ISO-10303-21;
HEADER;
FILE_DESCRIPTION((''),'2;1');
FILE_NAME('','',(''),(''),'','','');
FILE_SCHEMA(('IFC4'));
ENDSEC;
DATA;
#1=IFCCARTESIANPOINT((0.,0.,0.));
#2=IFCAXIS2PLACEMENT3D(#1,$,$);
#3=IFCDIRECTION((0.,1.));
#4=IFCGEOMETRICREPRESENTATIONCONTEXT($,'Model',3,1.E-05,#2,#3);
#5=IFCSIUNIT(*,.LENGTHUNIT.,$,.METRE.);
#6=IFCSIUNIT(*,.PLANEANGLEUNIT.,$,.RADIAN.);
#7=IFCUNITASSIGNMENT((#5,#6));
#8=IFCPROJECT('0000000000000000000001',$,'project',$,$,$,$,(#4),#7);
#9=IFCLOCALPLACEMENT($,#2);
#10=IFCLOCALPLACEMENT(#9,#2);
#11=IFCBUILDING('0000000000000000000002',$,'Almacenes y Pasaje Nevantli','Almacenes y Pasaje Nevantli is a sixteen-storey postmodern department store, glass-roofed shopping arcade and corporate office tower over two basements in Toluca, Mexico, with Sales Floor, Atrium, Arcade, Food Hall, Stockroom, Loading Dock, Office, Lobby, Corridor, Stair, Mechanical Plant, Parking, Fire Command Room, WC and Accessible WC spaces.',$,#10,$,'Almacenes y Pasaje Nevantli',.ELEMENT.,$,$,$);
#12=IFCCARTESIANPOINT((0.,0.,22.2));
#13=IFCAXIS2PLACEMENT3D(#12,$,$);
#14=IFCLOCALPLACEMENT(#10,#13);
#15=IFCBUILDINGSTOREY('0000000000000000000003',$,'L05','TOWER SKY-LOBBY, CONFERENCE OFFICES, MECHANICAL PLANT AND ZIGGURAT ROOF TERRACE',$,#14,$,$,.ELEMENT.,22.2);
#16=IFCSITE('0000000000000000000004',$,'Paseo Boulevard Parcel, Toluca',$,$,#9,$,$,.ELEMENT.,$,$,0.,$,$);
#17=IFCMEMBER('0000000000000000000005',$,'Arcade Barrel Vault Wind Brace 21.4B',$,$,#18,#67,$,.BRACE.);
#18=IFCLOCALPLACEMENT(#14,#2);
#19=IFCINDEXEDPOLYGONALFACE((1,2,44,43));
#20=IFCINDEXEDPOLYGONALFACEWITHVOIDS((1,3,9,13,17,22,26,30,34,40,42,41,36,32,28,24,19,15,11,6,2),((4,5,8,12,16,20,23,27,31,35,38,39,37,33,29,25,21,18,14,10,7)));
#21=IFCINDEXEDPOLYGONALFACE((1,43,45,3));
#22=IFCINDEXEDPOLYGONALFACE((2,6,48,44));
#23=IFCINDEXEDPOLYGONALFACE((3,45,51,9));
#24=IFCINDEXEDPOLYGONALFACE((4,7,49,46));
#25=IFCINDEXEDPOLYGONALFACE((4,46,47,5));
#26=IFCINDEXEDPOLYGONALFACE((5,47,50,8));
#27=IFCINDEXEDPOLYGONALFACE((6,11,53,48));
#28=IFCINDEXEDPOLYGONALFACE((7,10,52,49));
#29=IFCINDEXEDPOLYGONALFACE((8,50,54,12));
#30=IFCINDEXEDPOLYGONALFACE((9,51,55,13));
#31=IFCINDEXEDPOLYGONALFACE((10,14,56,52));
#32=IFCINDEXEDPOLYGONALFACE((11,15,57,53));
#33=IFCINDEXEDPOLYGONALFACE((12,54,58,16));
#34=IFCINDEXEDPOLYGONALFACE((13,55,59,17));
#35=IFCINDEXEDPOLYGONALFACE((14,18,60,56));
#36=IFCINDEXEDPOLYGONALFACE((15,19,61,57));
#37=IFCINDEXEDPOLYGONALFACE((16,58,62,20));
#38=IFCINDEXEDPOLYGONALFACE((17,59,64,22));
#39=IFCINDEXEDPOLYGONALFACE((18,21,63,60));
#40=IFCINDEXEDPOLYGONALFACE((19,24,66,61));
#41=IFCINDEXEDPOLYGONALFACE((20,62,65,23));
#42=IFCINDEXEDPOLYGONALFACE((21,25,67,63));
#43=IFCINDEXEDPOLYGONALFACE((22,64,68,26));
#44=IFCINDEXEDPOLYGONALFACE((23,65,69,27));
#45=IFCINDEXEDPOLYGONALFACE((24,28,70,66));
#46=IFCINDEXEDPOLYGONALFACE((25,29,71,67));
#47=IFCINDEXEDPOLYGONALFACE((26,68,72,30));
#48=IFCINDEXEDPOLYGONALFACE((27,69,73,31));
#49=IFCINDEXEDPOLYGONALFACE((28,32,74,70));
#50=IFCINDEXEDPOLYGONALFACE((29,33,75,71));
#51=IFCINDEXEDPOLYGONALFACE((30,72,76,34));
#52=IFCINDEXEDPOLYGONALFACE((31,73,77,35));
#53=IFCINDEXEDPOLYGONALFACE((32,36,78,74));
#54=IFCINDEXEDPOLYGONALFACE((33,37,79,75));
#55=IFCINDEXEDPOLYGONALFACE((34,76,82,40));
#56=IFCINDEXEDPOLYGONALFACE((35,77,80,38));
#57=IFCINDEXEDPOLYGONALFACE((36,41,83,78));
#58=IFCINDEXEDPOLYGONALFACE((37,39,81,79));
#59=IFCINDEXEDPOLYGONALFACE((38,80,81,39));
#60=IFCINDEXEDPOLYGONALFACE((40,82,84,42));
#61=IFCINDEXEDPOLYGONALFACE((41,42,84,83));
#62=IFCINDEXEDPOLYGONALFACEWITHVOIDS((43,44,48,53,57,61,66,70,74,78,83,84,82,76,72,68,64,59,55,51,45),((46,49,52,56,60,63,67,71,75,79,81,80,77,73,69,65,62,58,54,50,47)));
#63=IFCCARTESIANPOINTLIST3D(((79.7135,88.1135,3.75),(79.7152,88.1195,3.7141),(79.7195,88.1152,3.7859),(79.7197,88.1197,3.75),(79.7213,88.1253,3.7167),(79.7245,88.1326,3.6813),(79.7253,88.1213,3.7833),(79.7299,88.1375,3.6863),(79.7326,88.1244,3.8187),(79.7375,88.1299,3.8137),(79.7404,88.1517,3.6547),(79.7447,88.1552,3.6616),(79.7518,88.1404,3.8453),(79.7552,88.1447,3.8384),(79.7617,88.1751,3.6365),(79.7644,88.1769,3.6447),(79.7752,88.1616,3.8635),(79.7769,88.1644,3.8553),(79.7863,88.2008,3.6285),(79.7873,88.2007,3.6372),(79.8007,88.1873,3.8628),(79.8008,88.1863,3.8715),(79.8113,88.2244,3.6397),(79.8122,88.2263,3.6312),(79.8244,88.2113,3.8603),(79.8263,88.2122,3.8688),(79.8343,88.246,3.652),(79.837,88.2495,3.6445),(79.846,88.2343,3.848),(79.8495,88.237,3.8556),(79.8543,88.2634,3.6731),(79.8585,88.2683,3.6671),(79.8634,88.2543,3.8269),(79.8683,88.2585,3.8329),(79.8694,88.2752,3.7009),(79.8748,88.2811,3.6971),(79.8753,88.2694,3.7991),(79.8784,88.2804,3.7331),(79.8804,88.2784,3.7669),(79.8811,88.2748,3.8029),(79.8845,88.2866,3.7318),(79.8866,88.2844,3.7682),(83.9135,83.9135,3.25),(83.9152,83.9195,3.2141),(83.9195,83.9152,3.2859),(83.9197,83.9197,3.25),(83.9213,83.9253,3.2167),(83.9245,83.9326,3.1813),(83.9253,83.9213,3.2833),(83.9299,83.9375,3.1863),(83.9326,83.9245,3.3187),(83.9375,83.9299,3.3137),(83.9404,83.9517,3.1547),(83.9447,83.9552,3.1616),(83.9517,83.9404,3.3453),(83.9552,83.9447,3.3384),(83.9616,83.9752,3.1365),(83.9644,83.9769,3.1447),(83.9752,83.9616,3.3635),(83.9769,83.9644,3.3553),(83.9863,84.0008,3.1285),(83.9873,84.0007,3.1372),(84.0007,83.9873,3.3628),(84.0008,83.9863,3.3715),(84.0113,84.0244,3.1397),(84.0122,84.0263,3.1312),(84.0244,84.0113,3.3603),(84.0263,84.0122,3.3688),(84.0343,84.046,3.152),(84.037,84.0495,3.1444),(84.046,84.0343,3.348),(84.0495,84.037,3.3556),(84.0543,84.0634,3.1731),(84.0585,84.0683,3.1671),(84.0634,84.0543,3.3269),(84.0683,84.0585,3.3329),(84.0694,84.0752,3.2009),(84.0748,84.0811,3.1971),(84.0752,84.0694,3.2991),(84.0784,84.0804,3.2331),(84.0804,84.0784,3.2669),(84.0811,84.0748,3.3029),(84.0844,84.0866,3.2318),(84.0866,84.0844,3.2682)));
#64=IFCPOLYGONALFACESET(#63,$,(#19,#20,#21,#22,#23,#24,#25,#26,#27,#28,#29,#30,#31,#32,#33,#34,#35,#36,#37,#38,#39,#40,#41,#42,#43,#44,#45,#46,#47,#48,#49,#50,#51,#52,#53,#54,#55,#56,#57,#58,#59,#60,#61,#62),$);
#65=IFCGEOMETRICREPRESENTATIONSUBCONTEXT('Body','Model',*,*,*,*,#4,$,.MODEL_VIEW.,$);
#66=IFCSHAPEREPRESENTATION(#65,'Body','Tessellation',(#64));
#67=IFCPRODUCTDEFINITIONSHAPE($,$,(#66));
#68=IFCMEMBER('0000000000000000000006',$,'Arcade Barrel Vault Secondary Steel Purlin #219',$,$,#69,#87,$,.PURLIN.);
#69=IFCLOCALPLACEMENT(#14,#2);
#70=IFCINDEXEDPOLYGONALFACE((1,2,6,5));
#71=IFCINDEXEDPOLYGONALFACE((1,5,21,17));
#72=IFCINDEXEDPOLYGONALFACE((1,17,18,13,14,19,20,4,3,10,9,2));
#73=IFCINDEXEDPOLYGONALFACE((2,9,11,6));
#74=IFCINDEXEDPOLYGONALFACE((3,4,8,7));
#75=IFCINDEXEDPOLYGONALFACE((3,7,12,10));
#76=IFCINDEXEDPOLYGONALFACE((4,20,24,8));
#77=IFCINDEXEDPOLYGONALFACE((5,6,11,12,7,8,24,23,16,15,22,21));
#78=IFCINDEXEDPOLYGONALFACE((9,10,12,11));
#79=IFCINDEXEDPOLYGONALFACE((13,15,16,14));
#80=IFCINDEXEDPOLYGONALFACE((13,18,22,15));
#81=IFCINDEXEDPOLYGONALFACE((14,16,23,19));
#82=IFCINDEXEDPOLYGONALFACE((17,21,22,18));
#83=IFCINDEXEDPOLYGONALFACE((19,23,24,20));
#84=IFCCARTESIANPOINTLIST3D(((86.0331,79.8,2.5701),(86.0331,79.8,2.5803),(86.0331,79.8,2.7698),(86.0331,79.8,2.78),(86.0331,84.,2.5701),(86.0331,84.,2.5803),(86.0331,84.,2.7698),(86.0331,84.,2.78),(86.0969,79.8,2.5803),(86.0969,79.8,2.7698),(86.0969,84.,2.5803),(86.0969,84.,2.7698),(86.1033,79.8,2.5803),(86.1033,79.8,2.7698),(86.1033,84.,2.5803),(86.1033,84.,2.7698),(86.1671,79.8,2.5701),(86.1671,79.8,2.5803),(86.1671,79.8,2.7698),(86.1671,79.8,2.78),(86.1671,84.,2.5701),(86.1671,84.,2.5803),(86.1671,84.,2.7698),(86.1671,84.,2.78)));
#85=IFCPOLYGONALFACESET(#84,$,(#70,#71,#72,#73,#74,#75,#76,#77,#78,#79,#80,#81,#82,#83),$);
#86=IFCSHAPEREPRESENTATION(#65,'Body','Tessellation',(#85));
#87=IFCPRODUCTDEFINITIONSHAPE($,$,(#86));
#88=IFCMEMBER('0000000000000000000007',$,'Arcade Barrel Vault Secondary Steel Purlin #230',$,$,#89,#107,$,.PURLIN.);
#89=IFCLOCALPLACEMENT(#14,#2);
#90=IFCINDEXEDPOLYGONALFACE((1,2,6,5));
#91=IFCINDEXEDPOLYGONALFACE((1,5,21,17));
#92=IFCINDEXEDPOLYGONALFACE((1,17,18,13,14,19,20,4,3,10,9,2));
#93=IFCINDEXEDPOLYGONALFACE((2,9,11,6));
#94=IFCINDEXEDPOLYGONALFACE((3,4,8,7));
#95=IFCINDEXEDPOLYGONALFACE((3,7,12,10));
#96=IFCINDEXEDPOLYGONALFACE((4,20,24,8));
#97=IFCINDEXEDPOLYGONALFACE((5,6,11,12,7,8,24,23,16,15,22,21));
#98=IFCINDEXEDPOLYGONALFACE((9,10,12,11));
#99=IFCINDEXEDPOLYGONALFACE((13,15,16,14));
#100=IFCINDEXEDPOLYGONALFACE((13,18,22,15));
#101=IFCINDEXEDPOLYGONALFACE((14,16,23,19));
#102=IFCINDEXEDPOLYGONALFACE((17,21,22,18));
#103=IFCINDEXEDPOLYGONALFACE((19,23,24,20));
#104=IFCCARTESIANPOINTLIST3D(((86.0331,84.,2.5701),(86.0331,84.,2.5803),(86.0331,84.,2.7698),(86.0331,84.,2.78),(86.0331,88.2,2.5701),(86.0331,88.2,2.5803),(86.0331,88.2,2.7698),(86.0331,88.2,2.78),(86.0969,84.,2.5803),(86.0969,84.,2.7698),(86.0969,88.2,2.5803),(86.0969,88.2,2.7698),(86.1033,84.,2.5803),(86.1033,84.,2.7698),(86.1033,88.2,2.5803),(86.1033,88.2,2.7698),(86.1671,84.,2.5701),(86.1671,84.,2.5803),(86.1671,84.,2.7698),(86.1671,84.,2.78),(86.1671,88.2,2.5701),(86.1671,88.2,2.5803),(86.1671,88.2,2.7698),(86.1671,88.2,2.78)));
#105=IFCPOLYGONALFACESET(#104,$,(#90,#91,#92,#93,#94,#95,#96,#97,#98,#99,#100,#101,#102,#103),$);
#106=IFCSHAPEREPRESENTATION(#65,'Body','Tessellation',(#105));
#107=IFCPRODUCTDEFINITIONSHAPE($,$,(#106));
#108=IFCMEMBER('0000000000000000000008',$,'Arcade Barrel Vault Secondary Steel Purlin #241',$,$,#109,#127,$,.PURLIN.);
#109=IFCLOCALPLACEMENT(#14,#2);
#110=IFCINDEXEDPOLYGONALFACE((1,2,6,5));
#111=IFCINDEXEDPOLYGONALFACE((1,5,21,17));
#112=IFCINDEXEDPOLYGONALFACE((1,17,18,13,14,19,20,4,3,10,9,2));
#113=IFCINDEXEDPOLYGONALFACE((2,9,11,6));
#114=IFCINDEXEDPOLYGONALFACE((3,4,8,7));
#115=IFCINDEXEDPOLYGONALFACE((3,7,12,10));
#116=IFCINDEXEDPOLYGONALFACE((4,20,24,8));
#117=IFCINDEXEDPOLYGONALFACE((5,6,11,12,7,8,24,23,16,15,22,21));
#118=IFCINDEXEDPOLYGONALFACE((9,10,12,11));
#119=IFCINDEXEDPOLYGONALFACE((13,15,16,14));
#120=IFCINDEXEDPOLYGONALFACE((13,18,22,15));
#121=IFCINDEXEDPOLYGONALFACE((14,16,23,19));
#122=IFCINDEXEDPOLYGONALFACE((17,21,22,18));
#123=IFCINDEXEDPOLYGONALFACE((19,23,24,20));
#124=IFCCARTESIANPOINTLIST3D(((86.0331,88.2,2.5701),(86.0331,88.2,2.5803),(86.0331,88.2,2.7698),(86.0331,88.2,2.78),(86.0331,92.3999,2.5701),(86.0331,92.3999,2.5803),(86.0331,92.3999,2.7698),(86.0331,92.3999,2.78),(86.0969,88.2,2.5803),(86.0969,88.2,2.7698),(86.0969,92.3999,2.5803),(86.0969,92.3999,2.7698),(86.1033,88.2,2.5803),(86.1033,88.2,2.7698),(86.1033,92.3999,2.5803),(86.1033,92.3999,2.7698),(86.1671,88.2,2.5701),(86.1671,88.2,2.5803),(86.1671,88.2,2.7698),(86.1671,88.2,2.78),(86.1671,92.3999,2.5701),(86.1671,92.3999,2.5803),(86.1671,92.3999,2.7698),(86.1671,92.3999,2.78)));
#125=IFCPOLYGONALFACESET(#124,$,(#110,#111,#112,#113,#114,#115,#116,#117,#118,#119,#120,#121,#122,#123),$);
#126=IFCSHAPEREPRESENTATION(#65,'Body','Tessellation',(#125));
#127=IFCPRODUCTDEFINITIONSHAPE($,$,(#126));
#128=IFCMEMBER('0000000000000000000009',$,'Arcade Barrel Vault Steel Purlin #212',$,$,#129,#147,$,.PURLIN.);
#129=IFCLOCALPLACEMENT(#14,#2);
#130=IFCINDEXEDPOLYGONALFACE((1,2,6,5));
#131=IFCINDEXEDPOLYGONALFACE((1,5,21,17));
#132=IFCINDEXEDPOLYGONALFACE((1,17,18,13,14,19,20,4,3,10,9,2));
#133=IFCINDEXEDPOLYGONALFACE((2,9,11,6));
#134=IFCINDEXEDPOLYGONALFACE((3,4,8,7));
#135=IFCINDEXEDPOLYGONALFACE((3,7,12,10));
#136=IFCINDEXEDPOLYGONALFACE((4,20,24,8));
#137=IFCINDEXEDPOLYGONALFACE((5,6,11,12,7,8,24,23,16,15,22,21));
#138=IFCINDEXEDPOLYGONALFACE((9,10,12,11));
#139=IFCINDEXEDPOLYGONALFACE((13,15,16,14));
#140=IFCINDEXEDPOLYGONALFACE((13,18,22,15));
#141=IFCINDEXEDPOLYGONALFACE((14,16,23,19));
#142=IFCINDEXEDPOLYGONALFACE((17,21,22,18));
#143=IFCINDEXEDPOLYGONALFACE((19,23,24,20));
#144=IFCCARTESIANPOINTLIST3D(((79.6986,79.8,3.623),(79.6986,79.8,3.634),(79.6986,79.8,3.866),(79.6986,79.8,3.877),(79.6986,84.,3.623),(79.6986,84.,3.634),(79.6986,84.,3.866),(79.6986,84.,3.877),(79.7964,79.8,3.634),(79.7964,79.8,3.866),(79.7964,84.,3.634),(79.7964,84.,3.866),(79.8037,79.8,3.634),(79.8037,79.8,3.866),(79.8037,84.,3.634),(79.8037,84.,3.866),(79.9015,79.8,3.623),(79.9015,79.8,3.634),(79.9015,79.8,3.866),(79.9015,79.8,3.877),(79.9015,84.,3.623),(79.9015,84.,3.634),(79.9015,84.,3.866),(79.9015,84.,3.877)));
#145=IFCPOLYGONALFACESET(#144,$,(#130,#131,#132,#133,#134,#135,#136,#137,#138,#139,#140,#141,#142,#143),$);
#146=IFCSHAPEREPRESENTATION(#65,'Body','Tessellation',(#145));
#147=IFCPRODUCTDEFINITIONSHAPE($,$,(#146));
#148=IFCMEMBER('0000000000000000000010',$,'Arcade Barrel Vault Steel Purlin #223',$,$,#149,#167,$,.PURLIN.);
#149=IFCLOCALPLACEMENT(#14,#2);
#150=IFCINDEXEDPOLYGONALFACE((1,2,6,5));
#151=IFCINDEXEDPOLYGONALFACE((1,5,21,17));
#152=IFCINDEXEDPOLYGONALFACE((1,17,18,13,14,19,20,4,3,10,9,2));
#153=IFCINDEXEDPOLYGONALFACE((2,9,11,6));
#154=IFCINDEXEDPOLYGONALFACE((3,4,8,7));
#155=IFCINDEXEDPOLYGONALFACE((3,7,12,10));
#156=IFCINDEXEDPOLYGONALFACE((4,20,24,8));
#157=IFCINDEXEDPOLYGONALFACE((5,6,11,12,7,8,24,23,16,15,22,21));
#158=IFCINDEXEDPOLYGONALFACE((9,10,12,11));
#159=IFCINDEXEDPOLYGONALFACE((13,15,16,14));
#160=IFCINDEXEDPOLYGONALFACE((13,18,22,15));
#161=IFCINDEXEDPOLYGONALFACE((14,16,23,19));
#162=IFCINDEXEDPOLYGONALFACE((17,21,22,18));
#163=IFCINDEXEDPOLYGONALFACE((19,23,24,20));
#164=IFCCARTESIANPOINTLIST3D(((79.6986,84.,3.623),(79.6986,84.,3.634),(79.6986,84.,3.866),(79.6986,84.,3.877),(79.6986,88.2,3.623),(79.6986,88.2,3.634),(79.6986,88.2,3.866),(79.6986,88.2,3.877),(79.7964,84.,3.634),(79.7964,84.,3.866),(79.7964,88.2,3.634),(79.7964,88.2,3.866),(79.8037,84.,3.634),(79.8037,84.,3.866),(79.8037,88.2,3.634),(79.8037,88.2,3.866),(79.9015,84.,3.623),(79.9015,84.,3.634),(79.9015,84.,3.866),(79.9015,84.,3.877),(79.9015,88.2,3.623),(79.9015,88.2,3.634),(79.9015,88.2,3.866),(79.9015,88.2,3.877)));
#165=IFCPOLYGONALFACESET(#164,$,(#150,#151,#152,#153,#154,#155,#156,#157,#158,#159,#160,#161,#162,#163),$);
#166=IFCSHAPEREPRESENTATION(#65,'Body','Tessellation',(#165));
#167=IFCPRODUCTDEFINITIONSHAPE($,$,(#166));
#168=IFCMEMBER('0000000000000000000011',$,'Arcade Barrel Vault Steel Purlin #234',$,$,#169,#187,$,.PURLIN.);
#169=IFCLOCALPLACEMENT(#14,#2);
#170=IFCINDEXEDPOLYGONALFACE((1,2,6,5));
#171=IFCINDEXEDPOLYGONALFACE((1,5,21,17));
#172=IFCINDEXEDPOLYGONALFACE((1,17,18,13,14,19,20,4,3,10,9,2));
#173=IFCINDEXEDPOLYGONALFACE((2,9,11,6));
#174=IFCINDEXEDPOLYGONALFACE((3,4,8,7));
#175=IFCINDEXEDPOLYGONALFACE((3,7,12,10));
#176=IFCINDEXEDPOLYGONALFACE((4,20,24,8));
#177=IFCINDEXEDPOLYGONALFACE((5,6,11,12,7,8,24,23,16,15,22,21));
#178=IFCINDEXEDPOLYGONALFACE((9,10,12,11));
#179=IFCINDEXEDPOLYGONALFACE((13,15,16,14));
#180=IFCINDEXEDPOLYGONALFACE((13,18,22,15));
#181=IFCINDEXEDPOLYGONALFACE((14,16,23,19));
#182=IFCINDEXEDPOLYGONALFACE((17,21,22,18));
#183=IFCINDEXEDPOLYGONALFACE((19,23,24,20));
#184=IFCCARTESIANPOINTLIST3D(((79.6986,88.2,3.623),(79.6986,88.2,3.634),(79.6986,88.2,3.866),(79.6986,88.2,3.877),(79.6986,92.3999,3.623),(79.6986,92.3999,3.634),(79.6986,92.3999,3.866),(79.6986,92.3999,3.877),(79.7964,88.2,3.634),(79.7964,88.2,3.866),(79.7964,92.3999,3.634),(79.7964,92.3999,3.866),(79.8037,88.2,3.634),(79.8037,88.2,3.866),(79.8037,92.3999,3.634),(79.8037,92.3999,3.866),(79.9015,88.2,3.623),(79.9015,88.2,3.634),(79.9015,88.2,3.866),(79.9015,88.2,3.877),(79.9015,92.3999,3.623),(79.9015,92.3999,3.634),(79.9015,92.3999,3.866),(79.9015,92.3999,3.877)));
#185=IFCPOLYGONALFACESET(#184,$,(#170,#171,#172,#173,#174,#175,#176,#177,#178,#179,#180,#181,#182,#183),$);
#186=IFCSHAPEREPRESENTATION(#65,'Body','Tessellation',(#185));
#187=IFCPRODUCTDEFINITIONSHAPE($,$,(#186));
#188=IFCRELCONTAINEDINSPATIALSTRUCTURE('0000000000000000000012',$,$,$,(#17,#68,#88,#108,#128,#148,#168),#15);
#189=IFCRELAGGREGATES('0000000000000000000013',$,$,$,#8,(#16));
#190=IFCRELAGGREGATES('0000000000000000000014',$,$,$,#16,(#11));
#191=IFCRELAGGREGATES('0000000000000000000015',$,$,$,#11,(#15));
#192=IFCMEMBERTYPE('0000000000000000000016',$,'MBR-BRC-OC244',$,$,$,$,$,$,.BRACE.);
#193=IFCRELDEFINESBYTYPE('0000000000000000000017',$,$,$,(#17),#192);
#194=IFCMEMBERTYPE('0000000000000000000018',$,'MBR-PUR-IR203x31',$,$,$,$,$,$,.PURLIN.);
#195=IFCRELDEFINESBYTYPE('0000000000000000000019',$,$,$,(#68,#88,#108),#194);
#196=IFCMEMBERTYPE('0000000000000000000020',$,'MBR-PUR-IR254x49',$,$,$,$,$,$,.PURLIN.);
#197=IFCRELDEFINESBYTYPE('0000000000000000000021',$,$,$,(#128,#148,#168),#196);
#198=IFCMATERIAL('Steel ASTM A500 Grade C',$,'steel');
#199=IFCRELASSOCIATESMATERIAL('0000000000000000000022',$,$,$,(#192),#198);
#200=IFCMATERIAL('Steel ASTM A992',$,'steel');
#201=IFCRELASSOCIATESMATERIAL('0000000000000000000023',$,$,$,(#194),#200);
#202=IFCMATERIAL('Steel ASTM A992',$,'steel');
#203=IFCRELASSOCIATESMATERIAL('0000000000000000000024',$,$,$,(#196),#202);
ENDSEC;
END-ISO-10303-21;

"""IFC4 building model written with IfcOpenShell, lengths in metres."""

from ifc_helpers import new_model, si_unit, direction, frame, origin, origin_2d, place, context, subcontext, project, spatial, hollow_circle, i_section, extrude, material, material_profile, profile_set, type_object, element, save


model = new_model("IFC4")

# Units and contexts
model_context = context("Model", 3, precision=1e-05, world=origin(), true_north=direction((0.0, 1.0)))
body_context = subcontext(model_context, "Body", "Model", "MODEL_VIEW")
ifc_project = project(units=[si_unit("LENGTHUNIT", "METRE"), si_unit("PLANEANGLEUNIT", "RADIAN")], contexts=[model_context])

# Site, building, storey
site_placement = place(None, origin())
site = spatial("IfcSite", under=ifc_project, at=site_placement, Name="Paseo Boulevard Parcel, Toluca", CompositionType="ELEMENT", RefElevation=0.0)
building_placement = place(site_placement, origin())
building = spatial("IfcBuilding", under=site, at=building_placement, Name="Almacenes y Pasaje Nevantli", Description="Almacenes y Pasaje Nevantli is a sixteen-storey postmodern department store, glass-roofed shopping arcade and corporate office tower over two basements in Toluca, Mexico, with Sales Floor, Atrium, Arcade, Food Hall, Stockroom, Loading Dock, Office, Lobby, Corridor, Stair, Mechanical Plant, Parking, Fire Command Room, WC and Accessible WC spaces.", LongName="Almacenes y Pasaje Nevantli", CompositionType="ELEMENT")
storey_placement = place(building_placement, frame((0.0, 0.0, 22.2)))
storey = spatial("IfcBuildingStorey", under=building, at=storey_placement, Name="L05", Description="TOWER SKY-LOBBY, CONFERENCE OFFICES, MECHANICAL PLANT AND ZIGGURAT ROOF TERRACE", CompositionType="ELEMENT", Elevation=22.2)

# Members
ifc_material_1 = material(Name="Steel ASTM A500 Grade C", Category="steel")
ifc_material_profile_1 = material_profile(ifc_material_1, hollow_circle(Radius=0.1223, WallThickness=0.0088, at=origin_2d()), Name="OC 244x8.9")
ifc_profile_set_1 = profile_set([ifc_material_profile_1], Name="Steel ASTM A500 Grade C")
member_type_1 = type_object("IfcMemberType", Name="MBR-BRC-OC244", PredefinedType="BRACE", material=ifc_profile_set_1)
for number, where, z_axis, x_axis, name in (
    (1, (84.0, 84.0, 3.25), (-0.704615, 0.704615, 0.083884), (-0.707107, -0.707107, 0.0), "Arcade Barrel Vault Wind Brace 21.4B"),
):
    element("IfcMember", number, at=place(storey_placement, frame(where, z_axis=z_axis, x_axis=x_axis)), inside=storey, type_object=member_type_1, Name=name, PredefinedType="BRACE", context=body_context, shape_type="SweptSolid", body=[
        extrude(hollow_circle(Radius=0.1223, WallThickness=0.0088, at=origin_2d()), origin(), (0.0, 0.0, 1.0), 5.9607),
    ])
ifc_material_2 = material(Name="Steel ASTM A992", Category="steel")
ifc_material_profile_2 = material_profile(ifc_material_2, i_section(OverallWidth=0.134, OverallDepth=0.21, WebThickness=0.0063, FlangeThickness=0.0103, at=origin_2d()), Name="IR 203x31.3")
ifc_profile_set_2 = profile_set([ifc_material_profile_2], Name="Steel ASTM A992")
member_type_2 = type_object("IfcMemberType", Name="MBR-PUR-IR203x31", PredefinedType="PURLIN", material=ifc_profile_set_2)
for number, where, z_axis, x_axis, name in (
    (2, (86.1001, 79.8, 2.675), (0.0, 1.0, 0.0), (-1.0, 0.0, 0.0), "Arcade Barrel Vault Secondary Steel Purlin #219"),
    (3, (86.1001, 84.0, 2.675), (0.0, 1.0, 0.0), (-1.0, 0.0, 0.0), "Arcade Barrel Vault Secondary Steel Purlin #230"),
    (4, (86.1001, 88.2, 2.675), (0.0, 1.0, 0.0), (-1.0, 0.0, 0.0), "Arcade Barrel Vault Secondary Steel Purlin #241"),
):
    element("IfcMember", number, at=place(storey_placement, frame(where, z_axis=z_axis, x_axis=x_axis)), inside=storey, type_object=member_type_2, Name=name, PredefinedType="PURLIN", context=body_context, shape_type="SweptSolid", body=[
        extrude(i_section(OverallWidth=0.134, OverallDepth=0.21, WebThickness=0.0063, FlangeThickness=0.0103, at=origin_2d()), origin(), (0.0, 0.0, 1.0), 4.2),
    ])
ifc_material_3 = material(Name="Steel ASTM A992", Category="steel")
ifc_material_profile_3 = material_profile(ifc_material_3, i_section(OverallWidth=0.2029, OverallDepth=0.2539, WebThickness=0.0073, FlangeThickness=0.011, at=origin_2d()), Name="IR 254x49.1")
ifc_profile_set_3 = profile_set([ifc_material_profile_3], Name="Steel ASTM A992")
member_type_3 = type_object("IfcMemberType", Name="MBR-PUR-IR254x49", PredefinedType="PURLIN", material=ifc_profile_set_3)
for number, where, z_axis, x_axis, name in (
    (5, (79.8, 79.8, 3.75), (0.0, 1.0, 0.0), (-1.0, 0.0, 0.0), "Arcade Barrel Vault Steel Purlin #212"),
    (6, (79.8, 84.0, 3.75), (0.0, 1.0, 0.0), (-1.0, 0.0, 0.0), "Arcade Barrel Vault Steel Purlin #223"),
    (7, (79.8, 88.2, 3.75), (0.0, 1.0, 0.0), (-1.0, 0.0, 0.0), "Arcade Barrel Vault Steel Purlin #234"),
):
    element("IfcMember", number, at=place(storey_placement, frame(where, z_axis=z_axis, x_axis=x_axis)), inside=storey, type_object=member_type_3, Name=name, PredefinedType="PURLIN", context=body_context, shape_type="SweptSolid", body=[
        extrude(i_section(OverallWidth=0.2029, OverallDepth=0.2539, WebThickness=0.0073, FlangeThickness=0.011, at=origin_2d()), origin(), (0.0, 0.0, 1.0), 4.2),
    ])

save(model, "model.ifc")
